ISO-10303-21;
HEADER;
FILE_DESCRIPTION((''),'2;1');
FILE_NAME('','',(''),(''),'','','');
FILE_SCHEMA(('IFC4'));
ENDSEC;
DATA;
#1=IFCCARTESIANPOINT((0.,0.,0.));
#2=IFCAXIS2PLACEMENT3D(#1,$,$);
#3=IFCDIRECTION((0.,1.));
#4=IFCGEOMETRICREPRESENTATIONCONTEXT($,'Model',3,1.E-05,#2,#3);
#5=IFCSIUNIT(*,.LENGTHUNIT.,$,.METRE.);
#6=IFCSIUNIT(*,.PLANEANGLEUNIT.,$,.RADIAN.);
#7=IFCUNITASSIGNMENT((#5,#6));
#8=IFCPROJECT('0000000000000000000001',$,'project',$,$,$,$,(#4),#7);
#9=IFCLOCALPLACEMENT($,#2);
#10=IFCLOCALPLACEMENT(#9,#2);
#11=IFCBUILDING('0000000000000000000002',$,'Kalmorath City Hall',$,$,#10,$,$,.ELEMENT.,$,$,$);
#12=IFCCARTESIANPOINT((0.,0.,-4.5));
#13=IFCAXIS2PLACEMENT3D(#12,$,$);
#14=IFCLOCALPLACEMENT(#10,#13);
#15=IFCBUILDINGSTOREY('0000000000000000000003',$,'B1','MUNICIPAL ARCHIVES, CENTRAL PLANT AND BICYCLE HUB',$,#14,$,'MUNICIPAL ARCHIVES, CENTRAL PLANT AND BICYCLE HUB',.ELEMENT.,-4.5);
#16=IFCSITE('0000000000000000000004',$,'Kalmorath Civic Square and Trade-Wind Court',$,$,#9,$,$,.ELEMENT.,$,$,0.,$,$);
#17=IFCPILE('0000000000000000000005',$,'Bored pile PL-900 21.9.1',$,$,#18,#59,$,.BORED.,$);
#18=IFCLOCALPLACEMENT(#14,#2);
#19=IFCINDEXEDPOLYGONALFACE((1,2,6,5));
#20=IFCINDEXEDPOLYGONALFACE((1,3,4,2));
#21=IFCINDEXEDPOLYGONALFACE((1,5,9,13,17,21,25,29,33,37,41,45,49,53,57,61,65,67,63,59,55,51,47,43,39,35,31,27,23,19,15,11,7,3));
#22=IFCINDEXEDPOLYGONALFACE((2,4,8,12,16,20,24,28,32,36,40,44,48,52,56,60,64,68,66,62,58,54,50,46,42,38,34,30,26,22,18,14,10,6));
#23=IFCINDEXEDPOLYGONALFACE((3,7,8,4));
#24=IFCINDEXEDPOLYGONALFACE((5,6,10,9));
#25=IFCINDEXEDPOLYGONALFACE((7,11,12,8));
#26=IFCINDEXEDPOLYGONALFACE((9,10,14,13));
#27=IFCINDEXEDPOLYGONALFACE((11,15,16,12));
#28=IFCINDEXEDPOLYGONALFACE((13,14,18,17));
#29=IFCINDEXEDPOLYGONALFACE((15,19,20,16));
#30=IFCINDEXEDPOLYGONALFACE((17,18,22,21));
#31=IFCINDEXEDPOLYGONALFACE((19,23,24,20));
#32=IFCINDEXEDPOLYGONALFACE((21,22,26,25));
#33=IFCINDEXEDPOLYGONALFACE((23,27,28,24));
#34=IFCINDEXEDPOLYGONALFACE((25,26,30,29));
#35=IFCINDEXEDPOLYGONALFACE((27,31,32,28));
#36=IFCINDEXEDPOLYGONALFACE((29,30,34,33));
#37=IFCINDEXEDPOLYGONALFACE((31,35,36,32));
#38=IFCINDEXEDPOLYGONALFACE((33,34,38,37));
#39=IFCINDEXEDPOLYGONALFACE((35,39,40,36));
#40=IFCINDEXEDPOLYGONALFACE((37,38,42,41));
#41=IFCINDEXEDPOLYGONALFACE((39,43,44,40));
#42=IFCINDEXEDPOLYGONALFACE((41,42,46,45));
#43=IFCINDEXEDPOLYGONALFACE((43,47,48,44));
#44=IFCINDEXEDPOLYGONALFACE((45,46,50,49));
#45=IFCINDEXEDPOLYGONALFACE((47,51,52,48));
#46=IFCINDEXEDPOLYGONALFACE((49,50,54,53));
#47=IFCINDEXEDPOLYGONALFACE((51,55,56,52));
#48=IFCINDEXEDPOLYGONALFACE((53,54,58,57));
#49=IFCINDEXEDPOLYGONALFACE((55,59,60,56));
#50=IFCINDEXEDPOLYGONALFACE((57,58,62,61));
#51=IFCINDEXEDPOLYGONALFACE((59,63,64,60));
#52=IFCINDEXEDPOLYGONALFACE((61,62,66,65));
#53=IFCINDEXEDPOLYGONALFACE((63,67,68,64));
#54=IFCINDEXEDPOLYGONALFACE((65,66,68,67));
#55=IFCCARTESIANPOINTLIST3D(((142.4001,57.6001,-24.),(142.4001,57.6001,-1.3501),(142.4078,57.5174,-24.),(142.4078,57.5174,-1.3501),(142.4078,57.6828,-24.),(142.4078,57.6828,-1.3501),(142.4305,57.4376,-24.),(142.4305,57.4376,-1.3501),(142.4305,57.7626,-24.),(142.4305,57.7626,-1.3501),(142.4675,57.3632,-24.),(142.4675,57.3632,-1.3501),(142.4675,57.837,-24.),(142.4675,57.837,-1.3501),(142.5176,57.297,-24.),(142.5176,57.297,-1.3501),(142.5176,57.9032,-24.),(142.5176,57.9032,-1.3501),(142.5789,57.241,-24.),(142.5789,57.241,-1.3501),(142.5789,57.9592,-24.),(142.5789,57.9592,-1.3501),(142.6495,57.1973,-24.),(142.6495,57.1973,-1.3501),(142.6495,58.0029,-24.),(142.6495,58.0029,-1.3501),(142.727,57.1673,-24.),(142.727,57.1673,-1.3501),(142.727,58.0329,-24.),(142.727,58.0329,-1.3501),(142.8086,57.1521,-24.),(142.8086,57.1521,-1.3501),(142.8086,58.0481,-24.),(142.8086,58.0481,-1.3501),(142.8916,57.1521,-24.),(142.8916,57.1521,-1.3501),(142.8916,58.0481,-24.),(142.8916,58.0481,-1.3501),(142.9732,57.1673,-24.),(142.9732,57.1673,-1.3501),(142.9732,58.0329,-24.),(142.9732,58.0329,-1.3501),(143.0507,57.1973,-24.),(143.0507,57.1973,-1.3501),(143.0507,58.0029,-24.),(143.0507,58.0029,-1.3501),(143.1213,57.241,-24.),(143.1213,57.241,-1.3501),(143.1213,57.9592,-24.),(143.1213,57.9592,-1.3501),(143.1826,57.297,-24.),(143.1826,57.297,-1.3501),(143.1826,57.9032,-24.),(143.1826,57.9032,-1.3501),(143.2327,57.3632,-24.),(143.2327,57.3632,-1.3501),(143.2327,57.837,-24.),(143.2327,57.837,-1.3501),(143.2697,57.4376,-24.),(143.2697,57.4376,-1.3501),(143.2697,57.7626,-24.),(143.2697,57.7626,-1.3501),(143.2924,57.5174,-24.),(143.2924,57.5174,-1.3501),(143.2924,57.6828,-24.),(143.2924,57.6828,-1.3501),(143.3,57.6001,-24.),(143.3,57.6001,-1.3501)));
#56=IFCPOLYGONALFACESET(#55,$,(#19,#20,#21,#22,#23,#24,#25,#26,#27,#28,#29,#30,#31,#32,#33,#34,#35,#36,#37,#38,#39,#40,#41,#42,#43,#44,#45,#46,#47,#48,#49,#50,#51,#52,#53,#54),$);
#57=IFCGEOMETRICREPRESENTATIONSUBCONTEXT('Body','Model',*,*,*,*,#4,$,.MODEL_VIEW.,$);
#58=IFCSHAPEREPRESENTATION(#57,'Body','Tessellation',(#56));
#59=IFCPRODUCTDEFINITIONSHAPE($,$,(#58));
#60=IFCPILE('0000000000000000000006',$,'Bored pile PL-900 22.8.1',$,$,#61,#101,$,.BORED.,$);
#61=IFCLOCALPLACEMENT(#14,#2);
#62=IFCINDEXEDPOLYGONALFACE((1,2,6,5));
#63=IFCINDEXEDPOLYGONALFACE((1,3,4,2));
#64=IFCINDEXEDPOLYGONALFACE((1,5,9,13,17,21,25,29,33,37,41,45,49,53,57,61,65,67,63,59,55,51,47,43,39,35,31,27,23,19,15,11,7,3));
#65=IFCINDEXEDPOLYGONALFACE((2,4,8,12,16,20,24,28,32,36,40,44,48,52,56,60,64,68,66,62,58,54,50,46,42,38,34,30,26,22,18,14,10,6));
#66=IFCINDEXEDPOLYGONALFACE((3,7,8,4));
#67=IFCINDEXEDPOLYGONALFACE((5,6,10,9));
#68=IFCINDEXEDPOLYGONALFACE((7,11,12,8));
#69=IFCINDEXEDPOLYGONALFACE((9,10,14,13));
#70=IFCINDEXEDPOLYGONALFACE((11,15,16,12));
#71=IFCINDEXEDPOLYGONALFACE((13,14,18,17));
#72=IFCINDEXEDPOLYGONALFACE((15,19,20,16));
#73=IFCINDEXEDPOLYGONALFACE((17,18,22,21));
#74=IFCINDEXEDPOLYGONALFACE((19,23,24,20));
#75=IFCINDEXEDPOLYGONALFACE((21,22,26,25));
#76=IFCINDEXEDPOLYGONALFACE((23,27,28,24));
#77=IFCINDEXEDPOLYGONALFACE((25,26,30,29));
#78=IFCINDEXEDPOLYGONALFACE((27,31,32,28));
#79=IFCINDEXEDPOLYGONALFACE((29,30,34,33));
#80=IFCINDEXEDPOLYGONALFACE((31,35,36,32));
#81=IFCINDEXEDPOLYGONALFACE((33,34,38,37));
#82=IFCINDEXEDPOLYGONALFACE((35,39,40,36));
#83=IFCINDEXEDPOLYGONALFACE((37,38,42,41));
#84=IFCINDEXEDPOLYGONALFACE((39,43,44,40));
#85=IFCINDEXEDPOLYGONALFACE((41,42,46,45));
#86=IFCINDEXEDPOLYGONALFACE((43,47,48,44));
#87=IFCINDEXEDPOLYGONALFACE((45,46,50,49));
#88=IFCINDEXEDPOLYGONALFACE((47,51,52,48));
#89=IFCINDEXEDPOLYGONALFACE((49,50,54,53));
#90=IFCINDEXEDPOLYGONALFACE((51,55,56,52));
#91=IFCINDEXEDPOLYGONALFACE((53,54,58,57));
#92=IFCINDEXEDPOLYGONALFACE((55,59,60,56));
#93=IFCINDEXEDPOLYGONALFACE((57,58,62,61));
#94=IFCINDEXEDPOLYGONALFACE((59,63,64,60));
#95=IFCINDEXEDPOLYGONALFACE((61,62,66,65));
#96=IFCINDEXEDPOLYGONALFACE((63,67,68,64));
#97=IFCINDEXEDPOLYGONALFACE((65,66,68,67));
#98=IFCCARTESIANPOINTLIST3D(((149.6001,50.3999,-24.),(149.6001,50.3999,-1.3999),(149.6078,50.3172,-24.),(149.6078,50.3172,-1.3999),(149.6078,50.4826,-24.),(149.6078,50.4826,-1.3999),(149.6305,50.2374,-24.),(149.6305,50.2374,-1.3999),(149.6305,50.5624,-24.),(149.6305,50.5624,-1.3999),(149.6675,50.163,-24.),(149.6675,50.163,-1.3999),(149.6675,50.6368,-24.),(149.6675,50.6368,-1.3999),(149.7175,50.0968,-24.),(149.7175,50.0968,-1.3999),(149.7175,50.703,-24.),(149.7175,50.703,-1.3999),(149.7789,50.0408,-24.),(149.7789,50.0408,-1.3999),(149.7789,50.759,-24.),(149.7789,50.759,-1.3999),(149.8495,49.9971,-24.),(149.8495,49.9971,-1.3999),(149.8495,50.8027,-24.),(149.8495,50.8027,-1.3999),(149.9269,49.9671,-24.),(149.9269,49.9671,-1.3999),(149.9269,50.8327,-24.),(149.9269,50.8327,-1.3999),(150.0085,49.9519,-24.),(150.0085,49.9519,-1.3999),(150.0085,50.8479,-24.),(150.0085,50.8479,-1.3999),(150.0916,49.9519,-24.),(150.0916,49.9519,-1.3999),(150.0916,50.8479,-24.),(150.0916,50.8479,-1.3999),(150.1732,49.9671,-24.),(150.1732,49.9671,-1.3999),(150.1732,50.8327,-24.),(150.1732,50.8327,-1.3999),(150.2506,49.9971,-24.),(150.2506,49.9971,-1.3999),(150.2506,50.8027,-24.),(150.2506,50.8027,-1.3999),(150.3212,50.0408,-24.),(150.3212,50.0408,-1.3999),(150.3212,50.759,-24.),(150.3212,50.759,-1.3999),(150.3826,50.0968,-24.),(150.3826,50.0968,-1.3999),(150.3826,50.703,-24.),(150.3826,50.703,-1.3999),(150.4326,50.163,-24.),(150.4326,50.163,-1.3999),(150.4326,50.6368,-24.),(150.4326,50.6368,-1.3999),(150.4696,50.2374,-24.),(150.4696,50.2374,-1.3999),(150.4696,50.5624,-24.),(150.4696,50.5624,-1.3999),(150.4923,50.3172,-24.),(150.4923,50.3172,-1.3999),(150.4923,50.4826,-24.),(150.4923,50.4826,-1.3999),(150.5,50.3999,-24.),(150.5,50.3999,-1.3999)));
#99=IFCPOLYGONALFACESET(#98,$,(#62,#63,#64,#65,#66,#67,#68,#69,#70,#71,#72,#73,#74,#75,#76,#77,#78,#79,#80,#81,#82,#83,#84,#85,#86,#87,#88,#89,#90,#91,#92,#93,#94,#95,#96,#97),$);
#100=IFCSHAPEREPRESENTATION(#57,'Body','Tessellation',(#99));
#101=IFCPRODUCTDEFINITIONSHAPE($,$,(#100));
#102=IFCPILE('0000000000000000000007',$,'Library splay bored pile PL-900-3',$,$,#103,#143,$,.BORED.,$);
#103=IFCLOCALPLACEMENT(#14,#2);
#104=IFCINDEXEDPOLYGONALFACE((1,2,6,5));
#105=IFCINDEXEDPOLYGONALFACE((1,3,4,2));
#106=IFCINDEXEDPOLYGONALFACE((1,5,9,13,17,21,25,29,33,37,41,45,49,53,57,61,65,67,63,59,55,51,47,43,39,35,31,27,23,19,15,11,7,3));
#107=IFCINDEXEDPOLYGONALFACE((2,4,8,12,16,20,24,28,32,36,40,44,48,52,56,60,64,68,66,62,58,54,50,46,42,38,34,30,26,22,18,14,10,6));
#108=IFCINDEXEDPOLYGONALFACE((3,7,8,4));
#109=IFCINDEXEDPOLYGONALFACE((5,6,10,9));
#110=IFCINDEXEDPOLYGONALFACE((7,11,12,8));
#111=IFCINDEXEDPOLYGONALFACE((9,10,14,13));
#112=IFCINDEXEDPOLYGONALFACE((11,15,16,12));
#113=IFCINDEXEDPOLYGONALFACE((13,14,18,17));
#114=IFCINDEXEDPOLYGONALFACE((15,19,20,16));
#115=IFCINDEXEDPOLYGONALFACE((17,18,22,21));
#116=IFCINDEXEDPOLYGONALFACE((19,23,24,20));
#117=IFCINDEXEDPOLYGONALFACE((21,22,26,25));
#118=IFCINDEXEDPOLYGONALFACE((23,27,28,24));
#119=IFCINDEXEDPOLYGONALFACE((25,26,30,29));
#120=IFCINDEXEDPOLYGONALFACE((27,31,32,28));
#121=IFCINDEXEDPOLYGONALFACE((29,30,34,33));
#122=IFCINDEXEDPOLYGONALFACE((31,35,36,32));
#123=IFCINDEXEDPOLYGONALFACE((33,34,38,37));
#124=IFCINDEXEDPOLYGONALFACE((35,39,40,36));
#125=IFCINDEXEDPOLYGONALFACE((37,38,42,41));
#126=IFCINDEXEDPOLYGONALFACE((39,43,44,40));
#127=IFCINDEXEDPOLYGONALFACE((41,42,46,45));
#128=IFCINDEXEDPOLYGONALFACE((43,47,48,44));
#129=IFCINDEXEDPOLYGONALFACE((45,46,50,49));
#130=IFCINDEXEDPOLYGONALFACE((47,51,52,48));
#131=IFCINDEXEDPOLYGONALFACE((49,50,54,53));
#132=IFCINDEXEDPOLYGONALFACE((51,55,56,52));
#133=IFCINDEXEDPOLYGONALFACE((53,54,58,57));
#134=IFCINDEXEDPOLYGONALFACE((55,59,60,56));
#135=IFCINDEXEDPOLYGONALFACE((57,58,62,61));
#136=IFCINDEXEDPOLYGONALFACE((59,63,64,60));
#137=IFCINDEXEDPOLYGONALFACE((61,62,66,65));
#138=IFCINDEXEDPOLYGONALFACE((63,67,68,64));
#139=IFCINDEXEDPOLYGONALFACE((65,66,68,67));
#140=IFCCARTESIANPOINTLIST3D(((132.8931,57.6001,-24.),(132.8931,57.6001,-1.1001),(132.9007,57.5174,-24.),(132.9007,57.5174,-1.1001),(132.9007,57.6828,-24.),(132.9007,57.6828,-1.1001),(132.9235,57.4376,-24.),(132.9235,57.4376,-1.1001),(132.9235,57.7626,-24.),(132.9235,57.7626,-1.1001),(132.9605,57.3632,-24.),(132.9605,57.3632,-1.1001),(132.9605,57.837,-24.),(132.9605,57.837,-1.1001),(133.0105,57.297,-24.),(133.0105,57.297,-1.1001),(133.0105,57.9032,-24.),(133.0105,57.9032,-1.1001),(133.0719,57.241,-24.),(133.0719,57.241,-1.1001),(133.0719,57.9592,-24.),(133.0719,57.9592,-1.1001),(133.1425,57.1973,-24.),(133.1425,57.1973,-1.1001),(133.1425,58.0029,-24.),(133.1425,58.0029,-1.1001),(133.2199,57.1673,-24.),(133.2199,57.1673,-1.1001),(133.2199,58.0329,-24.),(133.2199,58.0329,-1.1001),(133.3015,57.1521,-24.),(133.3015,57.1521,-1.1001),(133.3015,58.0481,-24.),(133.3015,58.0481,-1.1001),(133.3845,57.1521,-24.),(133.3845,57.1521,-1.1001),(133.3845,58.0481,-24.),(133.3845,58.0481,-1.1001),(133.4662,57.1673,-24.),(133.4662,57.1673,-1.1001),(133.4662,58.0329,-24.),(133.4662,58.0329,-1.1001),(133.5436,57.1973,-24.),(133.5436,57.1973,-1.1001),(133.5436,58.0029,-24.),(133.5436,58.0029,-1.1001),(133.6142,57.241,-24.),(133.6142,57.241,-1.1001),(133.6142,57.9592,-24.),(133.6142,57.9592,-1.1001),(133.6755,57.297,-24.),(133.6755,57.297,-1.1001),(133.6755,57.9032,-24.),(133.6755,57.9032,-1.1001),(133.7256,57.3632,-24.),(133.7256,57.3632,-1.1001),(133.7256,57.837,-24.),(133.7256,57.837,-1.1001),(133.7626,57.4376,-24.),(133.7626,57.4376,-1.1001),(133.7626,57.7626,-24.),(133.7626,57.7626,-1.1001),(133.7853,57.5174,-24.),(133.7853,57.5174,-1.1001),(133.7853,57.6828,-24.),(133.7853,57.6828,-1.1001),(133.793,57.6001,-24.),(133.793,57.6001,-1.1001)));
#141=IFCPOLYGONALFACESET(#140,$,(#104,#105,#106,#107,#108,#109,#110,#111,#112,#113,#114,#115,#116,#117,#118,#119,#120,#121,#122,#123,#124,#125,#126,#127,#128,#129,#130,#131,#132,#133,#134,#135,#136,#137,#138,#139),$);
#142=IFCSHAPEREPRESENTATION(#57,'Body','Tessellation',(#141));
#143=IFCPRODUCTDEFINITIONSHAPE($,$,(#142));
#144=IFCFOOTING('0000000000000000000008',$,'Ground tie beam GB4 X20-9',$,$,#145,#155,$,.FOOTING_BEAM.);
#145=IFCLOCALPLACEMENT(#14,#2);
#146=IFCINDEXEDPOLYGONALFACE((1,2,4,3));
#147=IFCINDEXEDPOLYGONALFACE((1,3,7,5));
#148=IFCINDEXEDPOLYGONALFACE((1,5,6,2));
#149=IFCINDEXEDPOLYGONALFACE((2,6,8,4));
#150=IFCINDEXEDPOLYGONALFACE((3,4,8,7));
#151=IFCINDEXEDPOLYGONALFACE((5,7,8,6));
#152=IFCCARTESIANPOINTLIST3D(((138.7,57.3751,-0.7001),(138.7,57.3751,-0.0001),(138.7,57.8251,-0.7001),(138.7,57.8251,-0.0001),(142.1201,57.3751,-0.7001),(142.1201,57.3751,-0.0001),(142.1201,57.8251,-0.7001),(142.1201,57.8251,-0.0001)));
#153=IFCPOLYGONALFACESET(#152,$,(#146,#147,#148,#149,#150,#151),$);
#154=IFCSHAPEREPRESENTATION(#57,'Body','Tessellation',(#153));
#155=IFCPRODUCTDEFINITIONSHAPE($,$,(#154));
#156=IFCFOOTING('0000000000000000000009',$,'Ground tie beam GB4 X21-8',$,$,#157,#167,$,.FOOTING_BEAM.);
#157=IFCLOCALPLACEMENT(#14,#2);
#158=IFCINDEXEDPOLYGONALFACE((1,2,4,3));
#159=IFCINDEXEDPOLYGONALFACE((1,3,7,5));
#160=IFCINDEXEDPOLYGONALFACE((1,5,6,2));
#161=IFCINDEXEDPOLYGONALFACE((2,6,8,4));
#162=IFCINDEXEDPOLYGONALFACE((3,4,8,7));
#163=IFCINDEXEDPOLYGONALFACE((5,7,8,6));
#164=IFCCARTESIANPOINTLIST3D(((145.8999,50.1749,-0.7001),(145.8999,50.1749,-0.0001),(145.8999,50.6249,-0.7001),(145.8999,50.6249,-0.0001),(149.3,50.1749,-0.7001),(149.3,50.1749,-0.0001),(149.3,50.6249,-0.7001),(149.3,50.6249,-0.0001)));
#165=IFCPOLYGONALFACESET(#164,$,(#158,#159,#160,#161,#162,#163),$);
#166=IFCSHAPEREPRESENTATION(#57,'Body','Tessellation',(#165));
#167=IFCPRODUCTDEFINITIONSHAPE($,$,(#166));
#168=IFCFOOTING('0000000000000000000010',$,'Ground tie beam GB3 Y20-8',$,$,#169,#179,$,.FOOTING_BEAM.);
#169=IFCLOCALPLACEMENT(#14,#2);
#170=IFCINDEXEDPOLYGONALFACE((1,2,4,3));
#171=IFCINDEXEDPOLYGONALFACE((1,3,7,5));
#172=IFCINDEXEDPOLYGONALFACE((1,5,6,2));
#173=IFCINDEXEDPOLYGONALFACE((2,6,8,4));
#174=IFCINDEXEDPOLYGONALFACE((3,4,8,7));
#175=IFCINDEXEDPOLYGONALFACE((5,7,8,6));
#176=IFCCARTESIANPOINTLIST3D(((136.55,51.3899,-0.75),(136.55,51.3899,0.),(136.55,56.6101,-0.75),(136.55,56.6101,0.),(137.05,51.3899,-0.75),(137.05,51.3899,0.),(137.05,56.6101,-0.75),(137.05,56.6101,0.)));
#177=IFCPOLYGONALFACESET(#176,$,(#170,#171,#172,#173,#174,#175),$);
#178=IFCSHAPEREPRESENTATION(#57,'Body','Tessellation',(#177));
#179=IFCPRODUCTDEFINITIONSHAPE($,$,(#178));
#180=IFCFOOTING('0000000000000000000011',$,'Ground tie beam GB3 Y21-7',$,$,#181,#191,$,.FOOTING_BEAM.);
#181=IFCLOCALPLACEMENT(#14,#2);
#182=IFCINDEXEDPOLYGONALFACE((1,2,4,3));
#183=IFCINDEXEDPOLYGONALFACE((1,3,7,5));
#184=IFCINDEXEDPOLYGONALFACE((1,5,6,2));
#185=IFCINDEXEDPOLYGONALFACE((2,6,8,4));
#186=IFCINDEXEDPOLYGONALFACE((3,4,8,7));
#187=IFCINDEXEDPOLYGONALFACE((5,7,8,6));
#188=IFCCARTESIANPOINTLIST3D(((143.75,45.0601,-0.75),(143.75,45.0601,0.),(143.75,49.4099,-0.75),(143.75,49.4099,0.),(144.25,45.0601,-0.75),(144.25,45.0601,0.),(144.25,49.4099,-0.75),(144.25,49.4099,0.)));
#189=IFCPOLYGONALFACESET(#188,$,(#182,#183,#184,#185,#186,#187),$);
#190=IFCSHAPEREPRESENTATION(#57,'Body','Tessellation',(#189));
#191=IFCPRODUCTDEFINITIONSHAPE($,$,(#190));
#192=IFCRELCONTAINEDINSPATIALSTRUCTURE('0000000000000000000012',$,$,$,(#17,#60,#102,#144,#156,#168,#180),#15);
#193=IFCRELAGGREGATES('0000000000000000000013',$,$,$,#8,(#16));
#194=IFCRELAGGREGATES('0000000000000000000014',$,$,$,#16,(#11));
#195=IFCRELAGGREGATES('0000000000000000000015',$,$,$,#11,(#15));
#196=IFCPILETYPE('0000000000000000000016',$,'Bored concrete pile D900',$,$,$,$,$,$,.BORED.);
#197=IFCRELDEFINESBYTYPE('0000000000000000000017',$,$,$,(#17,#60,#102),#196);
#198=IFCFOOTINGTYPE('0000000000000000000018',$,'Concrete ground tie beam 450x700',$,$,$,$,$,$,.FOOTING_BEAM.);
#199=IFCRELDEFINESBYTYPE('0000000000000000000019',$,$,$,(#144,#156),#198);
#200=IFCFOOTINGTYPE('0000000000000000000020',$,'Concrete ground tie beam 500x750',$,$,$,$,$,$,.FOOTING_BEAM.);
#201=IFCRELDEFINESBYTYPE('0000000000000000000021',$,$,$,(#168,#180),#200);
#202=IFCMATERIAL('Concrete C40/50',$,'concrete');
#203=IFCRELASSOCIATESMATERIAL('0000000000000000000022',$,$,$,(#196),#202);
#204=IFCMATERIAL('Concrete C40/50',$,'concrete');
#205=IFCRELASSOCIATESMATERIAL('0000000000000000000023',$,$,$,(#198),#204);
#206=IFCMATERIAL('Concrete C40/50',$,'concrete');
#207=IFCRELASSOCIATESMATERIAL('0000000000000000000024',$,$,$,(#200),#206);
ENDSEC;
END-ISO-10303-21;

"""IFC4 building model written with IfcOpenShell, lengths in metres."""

from ifc_helpers import new_model, si_unit, direction, frame, origin, origin_2d, place, context, subcontext, project, spatial, rectangle, circle, extrude, material, material_profile, profile_set, type_object, element, save


model = new_model("IFC4")

# Units and contexts
model_context = context("Model", 3, precision=1e-05, world=origin(), true_north=direction((0.0, 1.0)))
body_context = subcontext(model_context, "Body", "Model", "MODEL_VIEW")
ifc_project = project(units=[si_unit("LENGTHUNIT", "METRE"), si_unit("PLANEANGLEUNIT", "RADIAN")], contexts=[model_context])

# Site, building, storey
site_placement = place(None, origin())
site = spatial("IfcSite", under=ifc_project, at=site_placement, Name="Kalmorath Civic Square and Trade-Wind Court", CompositionType="ELEMENT", RefElevation=0.0)
building_placement = place(site_placement, origin())
building = spatial("IfcBuilding", under=site, at=building_placement, Name="Kalmorath City Hall", CompositionType="ELEMENT")
storey_placement = place(building_placement, frame((0.0, 0.0, -4.5)))
storey = spatial("IfcBuildingStorey", under=building, at=storey_placement, Name="B1", Description="MUNICIPAL ARCHIVES, CENTRAL PLANT AND BICYCLE HUB", LongName="MUNICIPAL ARCHIVES, CENTRAL PLANT AND BICYCLE HUB", CompositionType="ELEMENT", Elevation=-4.5)

# Piles
ifc_material_1 = material(Name="Concrete C40/50", Category="concrete")
ifc_material_profile_1 = material_profile(ifc_material_1, circle(Radius=0.45, at=origin_2d()), Name="PILE-D900")
ifc_profile_set_1 = profile_set([ifc_material_profile_1], Name="Concrete C40/50")
pile_type = type_object("IfcPileType", Name="Bored concrete pile D900", PredefinedType="BORED", material=ifc_profile_set_1)
pile_1_placement = place(storey_placement, frame((142.8501, 57.6001, -1.3501), z_axis=(0.0, 0.0, -1.0), x_axis=(1.0, 0.0, 0.0)))
element("IfcPile", 1, at=pile_1_placement, inside=storey, type_object=pile_type, Name="Bored pile PL-900 21.9.1", PredefinedType="BORED", context=body_context, shape_type="SweptSolid", body=[
    extrude(circle(Radius=0.45, at=origin_2d()), origin(), (0.0, 0.0, 1.0), 22.6499),
])
pile_2_placement = place(storey_placement, frame((150.05, 50.3999, -1.3999), z_axis=(0.0, 0.0, -1.0), x_axis=(1.0, 0.0, 0.0)))
element("IfcPile", 2, at=pile_2_placement, inside=storey, type_object=pile_type, Name="Bored pile PL-900 22.8.1", PredefinedType="BORED", context=body_context, shape_type="SweptSolid", body=[
    extrude(circle(Radius=0.45, at=origin_2d()), origin(), (0.0, 0.0, 1.0), 22.6001),
])
pile_3_placement = place(storey_placement, frame((133.343, 57.6001, -1.1001), z_axis=(0.0, 0.0, -1.0), x_axis=(1.0, 0.0, 0.0)))
element("IfcPile", 3, at=pile_3_placement, inside=storey, type_object=pile_type, Name="Library splay bored pile PL-900-3", PredefinedType="BORED", context=body_context, shape_type="SweptSolid", body=[
    extrude(circle(Radius=0.45, at=origin_2d()), origin(), (0.0, 0.0, 1.0), 22.8999),
])

# Footings
ifc_material_2 = material(Name="Concrete C40/50", Category="concrete")
ifc_material_profile_2 = material_profile(ifc_material_2, rectangle(XDim=0.45, YDim=0.7, at=origin_2d()), Name="RC-BM-450X700")
ifc_profile_set_2 = profile_set([ifc_material_profile_2], Name="Concrete C40/50")
footing_type_1 = type_object("IfcFootingType", Name="Concrete ground tie beam 450x700", PredefinedType="FOOTING_BEAM", material=ifc_profile_set_2)
footing_1_placement = place(storey_placement, frame((138.7, 57.6001, -0.3501), z_axis=(1.0, 0.0, 0.0), x_axis=(0.0, 1.0, 0.0)))
element("IfcFooting", 4, at=footing_1_placement, inside=storey, type_object=footing_type_1, Name="Ground tie beam GB4 X20-9", PredefinedType="FOOTING_BEAM", context=body_context, shape_type="SweptSolid", body=[
    extrude(rectangle(XDim=0.45, YDim=0.7, at=origin_2d()), origin(), (0.0, 0.0, 1.0), 3.4202),
])
footing_2_placement = place(storey_placement, frame((145.8999, 50.3999, -0.3501), z_axis=(1.0, 0.0, 0.0), x_axis=(0.0, 1.0, 0.0)))
element("IfcFooting", 5, at=footing_2_placement, inside=storey, type_object=footing_type_1, Name="Ground tie beam GB4 X21-8", PredefinedType="FOOTING_BEAM", context=body_context, shape_type="SweptSolid", body=[
    extrude(rectangle(XDim=0.45, YDim=0.7, at=origin_2d()), origin(), (0.0, 0.0, 1.0), 3.4001),
])
ifc_material_3 = material(Name="Concrete C40/50", Category="concrete")
ifc_material_profile_3 = material_profile(ifc_material_3, rectangle(XDim=0.5, YDim=0.75, at=origin_2d()), Name="RC-BM-500X750")
ifc_profile_set_3 = profile_set([ifc_material_profile_3], Name="Concrete C40/50")
footing_type_2 = type_object("IfcFootingType", Name="Concrete ground tie beam 500x750", PredefinedType="FOOTING_BEAM", material=ifc_profile_set_3)
footing_3_placement = place(storey_placement, frame((136.8, 51.3899, -0.375), z_axis=(0.0, 1.0, 0.0), x_axis=(-1.0, 0.0, 0.0)))
element("IfcFooting", 6, at=footing_3_placement, inside=storey, type_object=footing_type_2, Name="Ground tie beam GB3 Y20-8", PredefinedType="FOOTING_BEAM", context=body_context, shape_type="SweptSolid", body=[
    extrude(rectangle(XDim=0.5, YDim=0.75, at=origin_2d()), origin(), (0.0, 0.0, 1.0), 5.2202),
])
footing_4_placement = place(storey_placement, frame((144.0, 45.0601, -0.375), z_axis=(0.0, 1.0, 0.0), x_axis=(-1.0, 0.0, 0.0)))
element("IfcFooting", 7, at=footing_4_placement, inside=storey, type_object=footing_type_2, Name="Ground tie beam GB3 Y21-7", PredefinedType="FOOTING_BEAM", context=body_context, shape_type="SweptSolid", body=[
    extrude(rectangle(XDim=0.5, YDim=0.75, at=origin_2d()), origin(), (0.0, 0.0, 1.0), 4.3499),
])

save(model, "model.ifc")
